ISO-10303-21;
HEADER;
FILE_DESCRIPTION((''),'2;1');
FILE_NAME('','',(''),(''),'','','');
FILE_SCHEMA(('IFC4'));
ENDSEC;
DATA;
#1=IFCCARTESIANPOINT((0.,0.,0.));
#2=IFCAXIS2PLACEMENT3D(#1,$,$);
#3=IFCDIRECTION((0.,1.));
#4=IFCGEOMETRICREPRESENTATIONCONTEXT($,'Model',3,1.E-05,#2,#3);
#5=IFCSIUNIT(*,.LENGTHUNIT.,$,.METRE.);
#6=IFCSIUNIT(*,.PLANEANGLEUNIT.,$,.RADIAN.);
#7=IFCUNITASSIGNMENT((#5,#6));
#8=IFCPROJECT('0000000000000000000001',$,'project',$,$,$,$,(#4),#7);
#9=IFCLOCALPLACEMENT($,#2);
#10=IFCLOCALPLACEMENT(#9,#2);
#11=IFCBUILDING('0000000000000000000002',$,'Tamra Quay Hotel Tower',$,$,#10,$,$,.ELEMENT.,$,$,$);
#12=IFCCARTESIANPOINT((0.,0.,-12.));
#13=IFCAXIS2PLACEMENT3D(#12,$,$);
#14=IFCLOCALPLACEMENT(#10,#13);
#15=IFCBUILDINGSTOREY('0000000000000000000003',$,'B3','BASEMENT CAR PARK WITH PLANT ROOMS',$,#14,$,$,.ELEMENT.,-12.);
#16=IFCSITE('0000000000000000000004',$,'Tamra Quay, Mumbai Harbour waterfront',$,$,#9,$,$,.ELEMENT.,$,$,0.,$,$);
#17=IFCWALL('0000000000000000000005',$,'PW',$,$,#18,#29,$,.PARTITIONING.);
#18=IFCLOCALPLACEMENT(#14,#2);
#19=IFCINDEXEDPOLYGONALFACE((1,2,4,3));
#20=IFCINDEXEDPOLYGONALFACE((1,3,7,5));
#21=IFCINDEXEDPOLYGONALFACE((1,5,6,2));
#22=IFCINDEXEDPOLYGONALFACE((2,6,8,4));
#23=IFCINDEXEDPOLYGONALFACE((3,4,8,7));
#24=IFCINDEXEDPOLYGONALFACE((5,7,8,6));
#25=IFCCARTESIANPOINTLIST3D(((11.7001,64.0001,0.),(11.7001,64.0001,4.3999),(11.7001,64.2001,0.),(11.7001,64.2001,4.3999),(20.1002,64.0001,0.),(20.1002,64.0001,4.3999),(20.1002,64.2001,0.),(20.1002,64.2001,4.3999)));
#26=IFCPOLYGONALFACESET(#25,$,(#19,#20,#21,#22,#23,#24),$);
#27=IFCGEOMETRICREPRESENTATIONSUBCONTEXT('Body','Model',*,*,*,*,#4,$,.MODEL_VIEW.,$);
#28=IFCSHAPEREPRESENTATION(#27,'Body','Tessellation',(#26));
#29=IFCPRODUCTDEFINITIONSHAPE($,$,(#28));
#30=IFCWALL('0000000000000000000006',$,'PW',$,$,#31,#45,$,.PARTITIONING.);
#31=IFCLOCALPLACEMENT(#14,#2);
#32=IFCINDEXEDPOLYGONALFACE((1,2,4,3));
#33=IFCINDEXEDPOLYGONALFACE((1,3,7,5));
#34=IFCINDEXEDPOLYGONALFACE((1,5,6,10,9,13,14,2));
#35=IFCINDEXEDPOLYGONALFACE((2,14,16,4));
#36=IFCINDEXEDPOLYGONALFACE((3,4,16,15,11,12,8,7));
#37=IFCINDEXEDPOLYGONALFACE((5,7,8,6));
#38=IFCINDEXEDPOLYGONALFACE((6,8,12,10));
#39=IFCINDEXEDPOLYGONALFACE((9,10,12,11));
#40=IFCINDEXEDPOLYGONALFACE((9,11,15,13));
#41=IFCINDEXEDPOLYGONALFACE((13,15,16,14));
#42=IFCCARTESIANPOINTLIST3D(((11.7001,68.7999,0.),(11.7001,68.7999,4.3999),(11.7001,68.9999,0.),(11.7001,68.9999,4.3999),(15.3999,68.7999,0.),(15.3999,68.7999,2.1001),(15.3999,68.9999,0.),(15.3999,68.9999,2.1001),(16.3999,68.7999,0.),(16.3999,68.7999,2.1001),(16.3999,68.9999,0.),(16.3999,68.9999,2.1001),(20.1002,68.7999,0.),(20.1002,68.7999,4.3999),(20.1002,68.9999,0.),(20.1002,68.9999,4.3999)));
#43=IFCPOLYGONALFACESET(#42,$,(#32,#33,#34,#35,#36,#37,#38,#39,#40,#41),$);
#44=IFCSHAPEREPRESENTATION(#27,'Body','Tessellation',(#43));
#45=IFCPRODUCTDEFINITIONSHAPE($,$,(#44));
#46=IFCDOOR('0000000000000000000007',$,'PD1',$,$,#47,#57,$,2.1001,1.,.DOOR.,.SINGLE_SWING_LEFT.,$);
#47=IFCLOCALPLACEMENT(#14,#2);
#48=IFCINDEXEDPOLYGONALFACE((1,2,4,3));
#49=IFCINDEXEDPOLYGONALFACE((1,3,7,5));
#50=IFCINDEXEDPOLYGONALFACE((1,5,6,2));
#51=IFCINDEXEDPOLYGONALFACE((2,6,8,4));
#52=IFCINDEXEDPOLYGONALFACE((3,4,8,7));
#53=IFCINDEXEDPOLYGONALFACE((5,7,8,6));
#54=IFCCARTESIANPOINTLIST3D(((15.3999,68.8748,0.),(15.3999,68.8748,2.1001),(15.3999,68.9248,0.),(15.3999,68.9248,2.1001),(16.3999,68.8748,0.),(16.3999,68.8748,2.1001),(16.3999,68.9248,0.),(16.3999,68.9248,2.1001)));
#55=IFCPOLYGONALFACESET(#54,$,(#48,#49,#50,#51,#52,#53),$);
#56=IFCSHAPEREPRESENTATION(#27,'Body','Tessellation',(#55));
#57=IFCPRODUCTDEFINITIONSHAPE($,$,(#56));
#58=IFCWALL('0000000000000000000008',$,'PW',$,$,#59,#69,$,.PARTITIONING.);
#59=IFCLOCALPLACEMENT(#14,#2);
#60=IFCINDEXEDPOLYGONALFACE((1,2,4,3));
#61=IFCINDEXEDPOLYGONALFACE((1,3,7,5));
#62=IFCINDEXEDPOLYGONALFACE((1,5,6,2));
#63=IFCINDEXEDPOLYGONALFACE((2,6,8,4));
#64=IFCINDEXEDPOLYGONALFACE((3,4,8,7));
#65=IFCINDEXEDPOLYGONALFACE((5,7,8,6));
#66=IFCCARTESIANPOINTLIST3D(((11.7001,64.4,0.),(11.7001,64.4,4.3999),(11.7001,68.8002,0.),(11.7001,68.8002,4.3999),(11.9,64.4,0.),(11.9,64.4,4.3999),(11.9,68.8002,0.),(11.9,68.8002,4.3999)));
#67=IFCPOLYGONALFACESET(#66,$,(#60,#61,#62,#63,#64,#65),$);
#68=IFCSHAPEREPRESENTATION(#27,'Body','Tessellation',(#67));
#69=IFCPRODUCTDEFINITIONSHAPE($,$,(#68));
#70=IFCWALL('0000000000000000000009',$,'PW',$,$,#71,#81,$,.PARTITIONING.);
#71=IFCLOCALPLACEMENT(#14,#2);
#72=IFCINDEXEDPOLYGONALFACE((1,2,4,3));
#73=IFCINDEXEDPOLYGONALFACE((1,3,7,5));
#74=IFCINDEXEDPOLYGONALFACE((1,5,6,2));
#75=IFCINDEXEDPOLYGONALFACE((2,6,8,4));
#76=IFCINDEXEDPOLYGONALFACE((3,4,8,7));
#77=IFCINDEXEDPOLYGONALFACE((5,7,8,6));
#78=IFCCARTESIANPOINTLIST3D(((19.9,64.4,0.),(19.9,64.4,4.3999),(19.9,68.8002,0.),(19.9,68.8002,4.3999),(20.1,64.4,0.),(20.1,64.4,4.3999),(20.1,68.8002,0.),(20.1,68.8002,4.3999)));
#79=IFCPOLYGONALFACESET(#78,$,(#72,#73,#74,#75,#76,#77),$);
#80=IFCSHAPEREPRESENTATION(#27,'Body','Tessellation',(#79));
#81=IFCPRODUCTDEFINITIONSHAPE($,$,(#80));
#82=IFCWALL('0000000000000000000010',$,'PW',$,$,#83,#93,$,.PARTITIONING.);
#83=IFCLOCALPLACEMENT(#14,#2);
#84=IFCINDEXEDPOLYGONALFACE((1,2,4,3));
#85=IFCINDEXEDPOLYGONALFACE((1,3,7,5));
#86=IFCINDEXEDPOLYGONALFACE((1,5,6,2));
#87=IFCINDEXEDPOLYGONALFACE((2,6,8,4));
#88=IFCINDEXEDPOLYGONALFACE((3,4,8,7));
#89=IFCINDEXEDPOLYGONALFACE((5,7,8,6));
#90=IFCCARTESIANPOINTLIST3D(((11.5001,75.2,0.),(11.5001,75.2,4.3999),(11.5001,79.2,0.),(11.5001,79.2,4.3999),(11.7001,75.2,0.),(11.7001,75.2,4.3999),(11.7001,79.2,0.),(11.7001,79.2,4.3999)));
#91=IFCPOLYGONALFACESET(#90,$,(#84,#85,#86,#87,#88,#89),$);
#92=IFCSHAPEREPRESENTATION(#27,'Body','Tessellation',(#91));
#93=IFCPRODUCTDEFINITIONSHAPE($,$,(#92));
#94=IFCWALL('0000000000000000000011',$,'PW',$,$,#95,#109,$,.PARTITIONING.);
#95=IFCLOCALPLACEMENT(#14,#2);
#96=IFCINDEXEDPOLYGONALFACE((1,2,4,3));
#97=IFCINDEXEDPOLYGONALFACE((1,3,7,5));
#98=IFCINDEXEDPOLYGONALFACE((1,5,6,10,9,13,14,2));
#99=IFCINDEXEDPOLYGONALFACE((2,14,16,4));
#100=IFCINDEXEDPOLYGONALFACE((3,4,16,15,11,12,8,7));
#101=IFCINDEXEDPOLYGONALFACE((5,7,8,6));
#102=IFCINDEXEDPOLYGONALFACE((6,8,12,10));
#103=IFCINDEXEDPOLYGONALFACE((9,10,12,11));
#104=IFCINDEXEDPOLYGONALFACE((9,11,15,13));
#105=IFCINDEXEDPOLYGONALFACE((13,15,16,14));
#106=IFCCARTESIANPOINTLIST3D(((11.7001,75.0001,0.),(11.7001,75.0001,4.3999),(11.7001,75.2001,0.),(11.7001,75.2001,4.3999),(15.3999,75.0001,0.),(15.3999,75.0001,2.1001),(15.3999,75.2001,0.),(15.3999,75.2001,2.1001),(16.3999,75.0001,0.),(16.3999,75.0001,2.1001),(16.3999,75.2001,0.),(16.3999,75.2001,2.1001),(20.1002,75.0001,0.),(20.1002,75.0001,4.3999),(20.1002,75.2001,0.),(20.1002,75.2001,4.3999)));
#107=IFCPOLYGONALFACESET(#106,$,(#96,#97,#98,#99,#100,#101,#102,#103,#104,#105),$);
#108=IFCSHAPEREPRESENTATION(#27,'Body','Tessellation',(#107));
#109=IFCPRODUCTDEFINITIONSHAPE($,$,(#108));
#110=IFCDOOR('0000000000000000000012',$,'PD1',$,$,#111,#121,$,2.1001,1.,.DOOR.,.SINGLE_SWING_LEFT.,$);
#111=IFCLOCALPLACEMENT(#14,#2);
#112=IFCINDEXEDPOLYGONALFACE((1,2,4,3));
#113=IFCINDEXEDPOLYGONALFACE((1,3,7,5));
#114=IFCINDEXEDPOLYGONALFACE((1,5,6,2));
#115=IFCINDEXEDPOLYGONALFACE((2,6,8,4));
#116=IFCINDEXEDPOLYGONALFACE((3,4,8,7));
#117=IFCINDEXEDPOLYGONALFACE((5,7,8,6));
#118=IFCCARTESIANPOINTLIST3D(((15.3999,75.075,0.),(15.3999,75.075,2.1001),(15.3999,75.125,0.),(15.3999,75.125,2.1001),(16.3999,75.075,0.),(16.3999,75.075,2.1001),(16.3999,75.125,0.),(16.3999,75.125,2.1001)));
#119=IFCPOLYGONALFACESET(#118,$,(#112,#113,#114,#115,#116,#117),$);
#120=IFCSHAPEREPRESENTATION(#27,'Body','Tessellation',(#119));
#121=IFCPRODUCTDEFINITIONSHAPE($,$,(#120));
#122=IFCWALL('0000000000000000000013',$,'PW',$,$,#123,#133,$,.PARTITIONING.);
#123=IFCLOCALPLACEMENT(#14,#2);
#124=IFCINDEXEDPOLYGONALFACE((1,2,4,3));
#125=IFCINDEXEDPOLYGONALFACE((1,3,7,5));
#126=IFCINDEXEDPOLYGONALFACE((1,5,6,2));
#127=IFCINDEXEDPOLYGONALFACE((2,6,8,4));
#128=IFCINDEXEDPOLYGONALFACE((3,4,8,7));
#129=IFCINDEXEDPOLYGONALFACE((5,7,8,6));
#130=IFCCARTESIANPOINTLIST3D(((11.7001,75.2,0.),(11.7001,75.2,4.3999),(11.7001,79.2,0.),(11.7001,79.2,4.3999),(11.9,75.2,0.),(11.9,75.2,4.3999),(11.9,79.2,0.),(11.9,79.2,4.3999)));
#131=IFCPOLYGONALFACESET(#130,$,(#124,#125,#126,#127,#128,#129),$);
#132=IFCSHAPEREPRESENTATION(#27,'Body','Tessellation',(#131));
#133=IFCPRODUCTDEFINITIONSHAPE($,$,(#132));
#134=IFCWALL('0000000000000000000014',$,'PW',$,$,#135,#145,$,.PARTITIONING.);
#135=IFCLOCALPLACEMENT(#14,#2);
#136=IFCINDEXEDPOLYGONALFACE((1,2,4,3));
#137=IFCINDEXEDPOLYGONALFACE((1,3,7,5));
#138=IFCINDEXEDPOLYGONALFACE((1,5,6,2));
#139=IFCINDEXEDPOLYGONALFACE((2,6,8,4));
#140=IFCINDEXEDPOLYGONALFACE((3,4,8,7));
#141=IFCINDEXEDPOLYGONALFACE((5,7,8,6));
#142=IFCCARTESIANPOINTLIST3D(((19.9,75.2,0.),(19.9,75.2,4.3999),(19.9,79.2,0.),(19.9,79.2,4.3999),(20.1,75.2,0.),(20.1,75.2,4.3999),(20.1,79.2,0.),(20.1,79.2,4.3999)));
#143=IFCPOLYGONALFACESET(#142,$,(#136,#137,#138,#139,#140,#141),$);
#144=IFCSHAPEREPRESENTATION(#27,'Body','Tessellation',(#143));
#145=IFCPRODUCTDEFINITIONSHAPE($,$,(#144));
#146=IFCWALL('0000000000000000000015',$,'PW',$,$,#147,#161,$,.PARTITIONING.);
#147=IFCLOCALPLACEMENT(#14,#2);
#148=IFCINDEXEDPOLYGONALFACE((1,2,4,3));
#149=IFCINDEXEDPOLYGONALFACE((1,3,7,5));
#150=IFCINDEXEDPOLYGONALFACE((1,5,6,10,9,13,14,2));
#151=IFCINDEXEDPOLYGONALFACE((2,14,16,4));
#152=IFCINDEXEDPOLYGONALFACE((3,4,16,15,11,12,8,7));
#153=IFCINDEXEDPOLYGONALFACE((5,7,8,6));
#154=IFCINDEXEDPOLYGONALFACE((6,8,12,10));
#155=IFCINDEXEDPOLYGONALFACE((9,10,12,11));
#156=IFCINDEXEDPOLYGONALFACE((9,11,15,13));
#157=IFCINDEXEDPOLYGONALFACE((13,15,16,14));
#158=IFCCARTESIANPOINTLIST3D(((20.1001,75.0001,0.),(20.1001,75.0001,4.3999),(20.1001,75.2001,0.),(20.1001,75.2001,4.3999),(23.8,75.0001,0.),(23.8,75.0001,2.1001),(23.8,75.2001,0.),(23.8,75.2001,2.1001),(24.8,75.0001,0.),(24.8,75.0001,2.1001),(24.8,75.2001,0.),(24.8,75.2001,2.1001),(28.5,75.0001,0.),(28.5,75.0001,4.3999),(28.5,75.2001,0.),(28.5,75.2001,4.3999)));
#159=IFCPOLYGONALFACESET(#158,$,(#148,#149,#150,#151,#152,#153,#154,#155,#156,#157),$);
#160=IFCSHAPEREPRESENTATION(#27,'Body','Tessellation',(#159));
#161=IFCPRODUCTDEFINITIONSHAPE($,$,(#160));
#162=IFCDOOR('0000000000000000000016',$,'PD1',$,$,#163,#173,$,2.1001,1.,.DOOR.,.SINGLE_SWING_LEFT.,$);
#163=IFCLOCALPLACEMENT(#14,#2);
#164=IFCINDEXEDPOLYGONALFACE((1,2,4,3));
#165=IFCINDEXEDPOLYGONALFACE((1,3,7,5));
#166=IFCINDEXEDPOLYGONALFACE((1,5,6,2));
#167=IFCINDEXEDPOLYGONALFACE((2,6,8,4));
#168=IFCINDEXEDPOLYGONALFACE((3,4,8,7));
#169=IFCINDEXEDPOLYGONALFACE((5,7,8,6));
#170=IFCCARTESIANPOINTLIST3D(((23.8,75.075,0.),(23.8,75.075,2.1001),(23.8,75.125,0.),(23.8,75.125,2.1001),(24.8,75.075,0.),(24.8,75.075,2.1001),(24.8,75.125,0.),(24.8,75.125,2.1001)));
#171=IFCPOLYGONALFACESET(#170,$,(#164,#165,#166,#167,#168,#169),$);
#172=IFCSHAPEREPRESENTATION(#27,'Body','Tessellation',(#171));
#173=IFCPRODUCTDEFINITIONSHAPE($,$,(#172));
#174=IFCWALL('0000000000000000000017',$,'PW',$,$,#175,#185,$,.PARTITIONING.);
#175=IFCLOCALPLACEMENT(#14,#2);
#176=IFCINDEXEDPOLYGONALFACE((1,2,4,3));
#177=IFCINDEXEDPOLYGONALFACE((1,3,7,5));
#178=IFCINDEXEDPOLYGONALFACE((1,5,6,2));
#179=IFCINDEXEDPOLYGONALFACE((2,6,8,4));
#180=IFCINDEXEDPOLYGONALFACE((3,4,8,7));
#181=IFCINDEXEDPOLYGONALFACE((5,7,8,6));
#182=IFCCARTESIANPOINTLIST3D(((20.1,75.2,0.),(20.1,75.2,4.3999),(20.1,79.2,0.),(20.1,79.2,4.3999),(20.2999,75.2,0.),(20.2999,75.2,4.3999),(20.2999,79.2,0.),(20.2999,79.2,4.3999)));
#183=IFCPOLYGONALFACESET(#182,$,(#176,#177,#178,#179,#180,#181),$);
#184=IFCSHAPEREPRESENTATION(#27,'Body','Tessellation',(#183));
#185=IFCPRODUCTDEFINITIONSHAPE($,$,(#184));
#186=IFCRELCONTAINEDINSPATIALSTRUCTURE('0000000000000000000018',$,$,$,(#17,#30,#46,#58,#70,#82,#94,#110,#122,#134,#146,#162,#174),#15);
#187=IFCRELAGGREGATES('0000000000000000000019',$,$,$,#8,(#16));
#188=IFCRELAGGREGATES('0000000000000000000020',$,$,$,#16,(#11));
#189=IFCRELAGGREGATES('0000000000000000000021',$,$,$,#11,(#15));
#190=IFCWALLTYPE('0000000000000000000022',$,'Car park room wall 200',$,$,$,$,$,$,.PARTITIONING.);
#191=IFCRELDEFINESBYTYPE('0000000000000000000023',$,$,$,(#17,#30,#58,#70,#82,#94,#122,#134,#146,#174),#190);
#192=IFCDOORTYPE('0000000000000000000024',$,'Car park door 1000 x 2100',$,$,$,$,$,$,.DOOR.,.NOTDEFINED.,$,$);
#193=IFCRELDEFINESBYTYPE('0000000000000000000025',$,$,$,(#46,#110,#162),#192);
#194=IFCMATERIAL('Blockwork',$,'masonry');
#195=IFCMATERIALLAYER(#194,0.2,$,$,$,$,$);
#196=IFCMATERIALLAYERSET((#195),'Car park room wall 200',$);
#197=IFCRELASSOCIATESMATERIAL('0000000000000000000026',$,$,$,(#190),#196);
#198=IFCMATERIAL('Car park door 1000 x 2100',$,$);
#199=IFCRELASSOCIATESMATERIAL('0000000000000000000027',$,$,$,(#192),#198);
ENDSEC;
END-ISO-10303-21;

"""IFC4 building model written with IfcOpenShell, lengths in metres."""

from ifc_helpers import new_model, si_unit, direction, frame, frame_2d, origin, place, context, subcontext, project, spatial, rectangle, extrude, material, layer, layer_set, type_object, element, fill, save


model = new_model("IFC4")

# Units and contexts
model_context = context("Model", 3, precision=1e-05, world=origin(), true_north=direction((0.0, 1.0)))
body_context = subcontext(model_context, "Body", "Model", "MODEL_VIEW")
ifc_project = project(units=[si_unit("LENGTHUNIT", "METRE"), si_unit("PLANEANGLEUNIT", "RADIAN")], contexts=[model_context])

# Site, building, storey
site_placement = place(None, origin())
site = spatial("IfcSite", under=ifc_project, at=site_placement, Name="Tamra Quay, Mumbai Harbour waterfront", CompositionType="ELEMENT", RefElevation=0.0)
building_placement = place(site_placement, origin())
building = spatial("IfcBuilding", under=site, at=building_placement, Name="Tamra Quay Hotel Tower", CompositionType="ELEMENT")
storey_placement = place(building_placement, frame((0.0, 0.0, -12.0)))
storey = spatial("IfcBuildingStorey", under=building, at=storey_placement, Name="B3", Description="BASEMENT CAR PARK WITH PLANT ROOMS", CompositionType="ELEMENT", Elevation=-12.0)

# Wall
ifc_material_1 = material(Name="Blockwork", Category="masonry")
ifc_layer_1 = layer(ifc_material_1, 0.2)
ifc_layer_set_1 = layer_set([ifc_layer_1], Name="Car park room wall 200")
wall_type_1 = type_object("IfcWallType", Name="Car park room wall 200", PredefinedType="PARTITIONING", material=ifc_layer_set_1)
wall_1_placement = place(storey_placement, frame((11.7, 64.1001, 0.0), z_axis=(0.0, 0.0, 1.0), x_axis=(1.0, 0.0, 0.0)))
element("IfcWall", 1, at=wall_1_placement, inside=storey, type_object=wall_type_1, Name="PW", PredefinedType="PARTITIONING", context=body_context, shape_type="SweptSolid", body=[
    extrude(rectangle(XDim=8.4001, YDim=0.2, at=frame_2d((4.2002, 0.0))), origin(), (0.0, 0.0, 1.0), 4.3999),
])

# Wall, opening, door
wall_2_placement = place(storey_placement, frame((11.7, 68.8999, 0.0), z_axis=(0.0, 0.0, 1.0), x_axis=(1.0, 0.0, 0.0)))
wall_2 = element("IfcWall", 2, at=wall_2_placement, inside=storey, type_object=wall_type_1, Name="PW", PredefinedType="PARTITIONING", context=body_context, shape_type="SweptSolid", body=[
    extrude(rectangle(XDim=8.4001, YDim=0.2, at=frame_2d((4.2002, 0.0))), origin(), (0.0, 0.0, 1.0), 4.3999),
])
opening_1_placement = place(wall_2_placement, frame((3.7, 0.0, 0.0)))
opening_1 = element("IfcOpeningElement", 3, at=opening_1_placement, cuts=wall_2, PredefinedType="OPENING", context=body_context, shape_type="SweptSolid", body=[
    extrude(rectangle(XDim=1.0, YDim=2.1001, at=frame_2d((0.5, 1.05))), frame((0.0, 0.1099, 0.0), z_axis=(0.0, -1.0, 0.0), x_axis=(1.0, 0.0, 0.0)), (0.0, 0.0, 1.0), 0.22),
])
ifc_material_2 = material(Name="Car park door 1000 x 2100")
door_type = type_object("IfcDoorType", Name="Car park door 1000 x 2100", OperationType="NOTDEFINED", PredefinedType="DOOR", material=ifc_material_2)
door_1_placement = place(opening_1_placement, origin())
door_1 = element("IfcDoor", 4, at=door_1_placement, inside=storey, type_object=door_type, Name="PD1", OperationType="SINGLE_SWING_LEFT", OverallHeight=2.1001, OverallWidth=1.0, PredefinedType="DOOR", context=body_context, shape_type="SweptSolid", body=[
    extrude(rectangle(XDim=1.0, YDim=2.1001, at=frame_2d((0.5, 1.05))), frame((0.0, 0.0249, 0.0), z_axis=(0.0, -1.0, 0.0), x_axis=(1.0, 0.0, 0.0)), (0.0, 0.0, 1.0), 0.05),
])
fill(opening_1, door_1)

# Walls
for number, where, z_axis, x_axis, name in (
    (5, (11.8, 64.3999, 0.0), (0.0, 0.0, 1.0), (0.0, 1.0, 0.0), "PW"),
    (6, (20.0, 64.3999, 0.0), (0.0, 0.0, 1.0), (0.0, 1.0, 0.0), "PW"),
):
    element("IfcWall", number, at=place(storey_placement, frame(where, z_axis=z_axis, x_axis=x_axis)), inside=storey, type_object=wall_type_1, Name=name, PredefinedType="PARTITIONING", context=body_context, shape_type="SweptSolid", body=[
        extrude(rectangle(XDim=4.4001, YDim=0.2, at=frame_2d((2.2002, 0.0))), origin(), (0.0, 0.0, 1.0), 4.3999),
    ])
wall_3_placement = place(storey_placement, frame((11.6001, 75.2, 0.0), z_axis=(0.0, 0.0, 1.0), x_axis=(0.0, 1.0, 0.0)))
element("IfcWall", 7, at=wall_3_placement, inside=storey, type_object=wall_type_1, Name="PW", PredefinedType="PARTITIONING", context=body_context, shape_type="SweptSolid", body=[
    extrude(rectangle(XDim=4.0, YDim=0.2, at=frame_2d((2.0, 0.0))), origin(), (0.0, 0.0, 1.0), 4.3999),
])

# Wall, opening, door
wall_4_placement = place(storey_placement, frame((11.7, 75.1001, 0.0), z_axis=(0.0, 0.0, 1.0), x_axis=(1.0, 0.0, 0.0)))
wall_4 = element("IfcWall", 8, at=wall_4_placement, inside=storey, type_object=wall_type_1, Name="PW", PredefinedType="PARTITIONING", context=body_context, shape_type="SweptSolid", body=[
    extrude(rectangle(XDim=8.4001, YDim=0.2, at=frame_2d((4.2002, 0.0))), origin(), (0.0, 0.0, 1.0), 4.3999),
])
opening_2_placement = place(wall_4_placement, frame((3.7, 0.0, 0.0)))
opening_2 = element("IfcOpeningElement", 9, at=opening_2_placement, cuts=wall_4, PredefinedType="OPENING", context=body_context, shape_type="SweptSolid", body=[
    extrude(rectangle(XDim=1.0, YDim=2.1001, at=frame_2d((0.5, 1.05))), frame((0.0, 0.1099, 0.0), z_axis=(0.0, -1.0, 0.0), x_axis=(1.0, 0.0, 0.0)), (0.0, 0.0, 1.0), 0.22),
])
door_2_placement = place(opening_2_placement, origin())
door_2 = element("IfcDoor", 10, at=door_2_placement, inside=storey, type_object=door_type, Name="PD1", OperationType="SINGLE_SWING_LEFT", OverallHeight=2.1001, OverallWidth=1.0, PredefinedType="DOOR", context=body_context, shape_type="SweptSolid", body=[
    extrude(rectangle(XDim=1.0, YDim=2.1001, at=frame_2d((0.5, 1.05))), frame((0.0, 0.0249, 0.0), z_axis=(0.0, -1.0, 0.0), x_axis=(1.0, 0.0, 0.0)), (0.0, 0.0, 1.0), 0.05),
])
fill(opening_2, door_2)

# Walls
for number, where, z_axis, x_axis, name in (
    (11, (11.8, 75.2, 0.0), (0.0, 0.0, 1.0), (0.0, 1.0, 0.0), "PW"),
    (12, (20.0, 75.2, 0.0), (0.0, 0.0, 1.0), (0.0, 1.0, 0.0), "PW"),
):
    element("IfcWall", number, at=place(storey_placement, frame(where, z_axis=z_axis, x_axis=x_axis)), inside=storey, type_object=wall_type_1, Name=name, PredefinedType="PARTITIONING", context=body_context, shape_type="SweptSolid", body=[
        extrude(rectangle(XDim=4.0, YDim=0.2, at=frame_2d((2.0, 0.0))), origin(), (0.0, 0.0, 1.0), 4.3999),
    ])

# Wall, opening, door
wall_5_placement = place(storey_placement, frame((20.1001, 75.1001, 0.0), z_axis=(0.0, 0.0, 1.0), x_axis=(1.0, 0.0, 0.0)))
wall_5 = element("IfcWall", 13, at=wall_5_placement, inside=storey, type_object=wall_type_1, Name="PW", PredefinedType="PARTITIONING", context=body_context, shape_type="SweptSolid", body=[
    extrude(rectangle(XDim=8.3999, YDim=0.2, at=frame_2d((4.2, 0.0))), origin(), (0.0, 0.0, 1.0), 4.3999),
])
opening_3_placement = place(wall_5_placement, frame((3.7, 0.0, 0.0)))
opening_3 = element("IfcOpeningElement", 14, at=opening_3_placement, cuts=wall_5, PredefinedType="OPENING", context=body_context, shape_type="SweptSolid", body=[
    extrude(rectangle(XDim=1.0, YDim=2.1001, at=frame_2d((0.5, 1.05))), frame((0.0, 0.1099, 0.0), z_axis=(0.0, -1.0, 0.0), x_axis=(1.0, 0.0, 0.0)), (0.0, 0.0, 1.0), 0.22),
])
door_3_placement = place(opening_3_placement, origin())
door_3 = element("IfcDoor", 15, at=door_3_placement, inside=storey, type_object=door_type, Name="PD1", OperationType="SINGLE_SWING_LEFT", OverallHeight=2.1001, OverallWidth=1.0, PredefinedType="DOOR", context=body_context, shape_type="SweptSolid", body=[
    extrude(rectangle(XDim=1.0, YDim=2.1001, at=frame_2d((0.5, 1.05))), frame((0.0, 0.0249, 0.0), z_axis=(0.0, -1.0, 0.0), x_axis=(1.0, 0.0, 0.0)), (0.0, 0.0, 1.0), 0.05),
])
fill(opening_3, door_3)

# Wall
wall_6_placement = place(storey_placement, frame((20.2, 75.2, 0.0), z_axis=(0.0, 0.0, 1.0), x_axis=(0.0, 1.0, 0.0)))
element("IfcWall", 16, at=wall_6_placement, inside=storey, type_object=wall_type_1, Name="PW", PredefinedType="PARTITIONING", context=body_context, shape_type="SweptSolid", body=[
    extrude(rectangle(XDim=4.0, YDim=0.2, at=frame_2d((2.0, 0.0))), origin(), (0.0, 0.0, 1.0), 4.3999),
])

save(model, "model.ifc")
